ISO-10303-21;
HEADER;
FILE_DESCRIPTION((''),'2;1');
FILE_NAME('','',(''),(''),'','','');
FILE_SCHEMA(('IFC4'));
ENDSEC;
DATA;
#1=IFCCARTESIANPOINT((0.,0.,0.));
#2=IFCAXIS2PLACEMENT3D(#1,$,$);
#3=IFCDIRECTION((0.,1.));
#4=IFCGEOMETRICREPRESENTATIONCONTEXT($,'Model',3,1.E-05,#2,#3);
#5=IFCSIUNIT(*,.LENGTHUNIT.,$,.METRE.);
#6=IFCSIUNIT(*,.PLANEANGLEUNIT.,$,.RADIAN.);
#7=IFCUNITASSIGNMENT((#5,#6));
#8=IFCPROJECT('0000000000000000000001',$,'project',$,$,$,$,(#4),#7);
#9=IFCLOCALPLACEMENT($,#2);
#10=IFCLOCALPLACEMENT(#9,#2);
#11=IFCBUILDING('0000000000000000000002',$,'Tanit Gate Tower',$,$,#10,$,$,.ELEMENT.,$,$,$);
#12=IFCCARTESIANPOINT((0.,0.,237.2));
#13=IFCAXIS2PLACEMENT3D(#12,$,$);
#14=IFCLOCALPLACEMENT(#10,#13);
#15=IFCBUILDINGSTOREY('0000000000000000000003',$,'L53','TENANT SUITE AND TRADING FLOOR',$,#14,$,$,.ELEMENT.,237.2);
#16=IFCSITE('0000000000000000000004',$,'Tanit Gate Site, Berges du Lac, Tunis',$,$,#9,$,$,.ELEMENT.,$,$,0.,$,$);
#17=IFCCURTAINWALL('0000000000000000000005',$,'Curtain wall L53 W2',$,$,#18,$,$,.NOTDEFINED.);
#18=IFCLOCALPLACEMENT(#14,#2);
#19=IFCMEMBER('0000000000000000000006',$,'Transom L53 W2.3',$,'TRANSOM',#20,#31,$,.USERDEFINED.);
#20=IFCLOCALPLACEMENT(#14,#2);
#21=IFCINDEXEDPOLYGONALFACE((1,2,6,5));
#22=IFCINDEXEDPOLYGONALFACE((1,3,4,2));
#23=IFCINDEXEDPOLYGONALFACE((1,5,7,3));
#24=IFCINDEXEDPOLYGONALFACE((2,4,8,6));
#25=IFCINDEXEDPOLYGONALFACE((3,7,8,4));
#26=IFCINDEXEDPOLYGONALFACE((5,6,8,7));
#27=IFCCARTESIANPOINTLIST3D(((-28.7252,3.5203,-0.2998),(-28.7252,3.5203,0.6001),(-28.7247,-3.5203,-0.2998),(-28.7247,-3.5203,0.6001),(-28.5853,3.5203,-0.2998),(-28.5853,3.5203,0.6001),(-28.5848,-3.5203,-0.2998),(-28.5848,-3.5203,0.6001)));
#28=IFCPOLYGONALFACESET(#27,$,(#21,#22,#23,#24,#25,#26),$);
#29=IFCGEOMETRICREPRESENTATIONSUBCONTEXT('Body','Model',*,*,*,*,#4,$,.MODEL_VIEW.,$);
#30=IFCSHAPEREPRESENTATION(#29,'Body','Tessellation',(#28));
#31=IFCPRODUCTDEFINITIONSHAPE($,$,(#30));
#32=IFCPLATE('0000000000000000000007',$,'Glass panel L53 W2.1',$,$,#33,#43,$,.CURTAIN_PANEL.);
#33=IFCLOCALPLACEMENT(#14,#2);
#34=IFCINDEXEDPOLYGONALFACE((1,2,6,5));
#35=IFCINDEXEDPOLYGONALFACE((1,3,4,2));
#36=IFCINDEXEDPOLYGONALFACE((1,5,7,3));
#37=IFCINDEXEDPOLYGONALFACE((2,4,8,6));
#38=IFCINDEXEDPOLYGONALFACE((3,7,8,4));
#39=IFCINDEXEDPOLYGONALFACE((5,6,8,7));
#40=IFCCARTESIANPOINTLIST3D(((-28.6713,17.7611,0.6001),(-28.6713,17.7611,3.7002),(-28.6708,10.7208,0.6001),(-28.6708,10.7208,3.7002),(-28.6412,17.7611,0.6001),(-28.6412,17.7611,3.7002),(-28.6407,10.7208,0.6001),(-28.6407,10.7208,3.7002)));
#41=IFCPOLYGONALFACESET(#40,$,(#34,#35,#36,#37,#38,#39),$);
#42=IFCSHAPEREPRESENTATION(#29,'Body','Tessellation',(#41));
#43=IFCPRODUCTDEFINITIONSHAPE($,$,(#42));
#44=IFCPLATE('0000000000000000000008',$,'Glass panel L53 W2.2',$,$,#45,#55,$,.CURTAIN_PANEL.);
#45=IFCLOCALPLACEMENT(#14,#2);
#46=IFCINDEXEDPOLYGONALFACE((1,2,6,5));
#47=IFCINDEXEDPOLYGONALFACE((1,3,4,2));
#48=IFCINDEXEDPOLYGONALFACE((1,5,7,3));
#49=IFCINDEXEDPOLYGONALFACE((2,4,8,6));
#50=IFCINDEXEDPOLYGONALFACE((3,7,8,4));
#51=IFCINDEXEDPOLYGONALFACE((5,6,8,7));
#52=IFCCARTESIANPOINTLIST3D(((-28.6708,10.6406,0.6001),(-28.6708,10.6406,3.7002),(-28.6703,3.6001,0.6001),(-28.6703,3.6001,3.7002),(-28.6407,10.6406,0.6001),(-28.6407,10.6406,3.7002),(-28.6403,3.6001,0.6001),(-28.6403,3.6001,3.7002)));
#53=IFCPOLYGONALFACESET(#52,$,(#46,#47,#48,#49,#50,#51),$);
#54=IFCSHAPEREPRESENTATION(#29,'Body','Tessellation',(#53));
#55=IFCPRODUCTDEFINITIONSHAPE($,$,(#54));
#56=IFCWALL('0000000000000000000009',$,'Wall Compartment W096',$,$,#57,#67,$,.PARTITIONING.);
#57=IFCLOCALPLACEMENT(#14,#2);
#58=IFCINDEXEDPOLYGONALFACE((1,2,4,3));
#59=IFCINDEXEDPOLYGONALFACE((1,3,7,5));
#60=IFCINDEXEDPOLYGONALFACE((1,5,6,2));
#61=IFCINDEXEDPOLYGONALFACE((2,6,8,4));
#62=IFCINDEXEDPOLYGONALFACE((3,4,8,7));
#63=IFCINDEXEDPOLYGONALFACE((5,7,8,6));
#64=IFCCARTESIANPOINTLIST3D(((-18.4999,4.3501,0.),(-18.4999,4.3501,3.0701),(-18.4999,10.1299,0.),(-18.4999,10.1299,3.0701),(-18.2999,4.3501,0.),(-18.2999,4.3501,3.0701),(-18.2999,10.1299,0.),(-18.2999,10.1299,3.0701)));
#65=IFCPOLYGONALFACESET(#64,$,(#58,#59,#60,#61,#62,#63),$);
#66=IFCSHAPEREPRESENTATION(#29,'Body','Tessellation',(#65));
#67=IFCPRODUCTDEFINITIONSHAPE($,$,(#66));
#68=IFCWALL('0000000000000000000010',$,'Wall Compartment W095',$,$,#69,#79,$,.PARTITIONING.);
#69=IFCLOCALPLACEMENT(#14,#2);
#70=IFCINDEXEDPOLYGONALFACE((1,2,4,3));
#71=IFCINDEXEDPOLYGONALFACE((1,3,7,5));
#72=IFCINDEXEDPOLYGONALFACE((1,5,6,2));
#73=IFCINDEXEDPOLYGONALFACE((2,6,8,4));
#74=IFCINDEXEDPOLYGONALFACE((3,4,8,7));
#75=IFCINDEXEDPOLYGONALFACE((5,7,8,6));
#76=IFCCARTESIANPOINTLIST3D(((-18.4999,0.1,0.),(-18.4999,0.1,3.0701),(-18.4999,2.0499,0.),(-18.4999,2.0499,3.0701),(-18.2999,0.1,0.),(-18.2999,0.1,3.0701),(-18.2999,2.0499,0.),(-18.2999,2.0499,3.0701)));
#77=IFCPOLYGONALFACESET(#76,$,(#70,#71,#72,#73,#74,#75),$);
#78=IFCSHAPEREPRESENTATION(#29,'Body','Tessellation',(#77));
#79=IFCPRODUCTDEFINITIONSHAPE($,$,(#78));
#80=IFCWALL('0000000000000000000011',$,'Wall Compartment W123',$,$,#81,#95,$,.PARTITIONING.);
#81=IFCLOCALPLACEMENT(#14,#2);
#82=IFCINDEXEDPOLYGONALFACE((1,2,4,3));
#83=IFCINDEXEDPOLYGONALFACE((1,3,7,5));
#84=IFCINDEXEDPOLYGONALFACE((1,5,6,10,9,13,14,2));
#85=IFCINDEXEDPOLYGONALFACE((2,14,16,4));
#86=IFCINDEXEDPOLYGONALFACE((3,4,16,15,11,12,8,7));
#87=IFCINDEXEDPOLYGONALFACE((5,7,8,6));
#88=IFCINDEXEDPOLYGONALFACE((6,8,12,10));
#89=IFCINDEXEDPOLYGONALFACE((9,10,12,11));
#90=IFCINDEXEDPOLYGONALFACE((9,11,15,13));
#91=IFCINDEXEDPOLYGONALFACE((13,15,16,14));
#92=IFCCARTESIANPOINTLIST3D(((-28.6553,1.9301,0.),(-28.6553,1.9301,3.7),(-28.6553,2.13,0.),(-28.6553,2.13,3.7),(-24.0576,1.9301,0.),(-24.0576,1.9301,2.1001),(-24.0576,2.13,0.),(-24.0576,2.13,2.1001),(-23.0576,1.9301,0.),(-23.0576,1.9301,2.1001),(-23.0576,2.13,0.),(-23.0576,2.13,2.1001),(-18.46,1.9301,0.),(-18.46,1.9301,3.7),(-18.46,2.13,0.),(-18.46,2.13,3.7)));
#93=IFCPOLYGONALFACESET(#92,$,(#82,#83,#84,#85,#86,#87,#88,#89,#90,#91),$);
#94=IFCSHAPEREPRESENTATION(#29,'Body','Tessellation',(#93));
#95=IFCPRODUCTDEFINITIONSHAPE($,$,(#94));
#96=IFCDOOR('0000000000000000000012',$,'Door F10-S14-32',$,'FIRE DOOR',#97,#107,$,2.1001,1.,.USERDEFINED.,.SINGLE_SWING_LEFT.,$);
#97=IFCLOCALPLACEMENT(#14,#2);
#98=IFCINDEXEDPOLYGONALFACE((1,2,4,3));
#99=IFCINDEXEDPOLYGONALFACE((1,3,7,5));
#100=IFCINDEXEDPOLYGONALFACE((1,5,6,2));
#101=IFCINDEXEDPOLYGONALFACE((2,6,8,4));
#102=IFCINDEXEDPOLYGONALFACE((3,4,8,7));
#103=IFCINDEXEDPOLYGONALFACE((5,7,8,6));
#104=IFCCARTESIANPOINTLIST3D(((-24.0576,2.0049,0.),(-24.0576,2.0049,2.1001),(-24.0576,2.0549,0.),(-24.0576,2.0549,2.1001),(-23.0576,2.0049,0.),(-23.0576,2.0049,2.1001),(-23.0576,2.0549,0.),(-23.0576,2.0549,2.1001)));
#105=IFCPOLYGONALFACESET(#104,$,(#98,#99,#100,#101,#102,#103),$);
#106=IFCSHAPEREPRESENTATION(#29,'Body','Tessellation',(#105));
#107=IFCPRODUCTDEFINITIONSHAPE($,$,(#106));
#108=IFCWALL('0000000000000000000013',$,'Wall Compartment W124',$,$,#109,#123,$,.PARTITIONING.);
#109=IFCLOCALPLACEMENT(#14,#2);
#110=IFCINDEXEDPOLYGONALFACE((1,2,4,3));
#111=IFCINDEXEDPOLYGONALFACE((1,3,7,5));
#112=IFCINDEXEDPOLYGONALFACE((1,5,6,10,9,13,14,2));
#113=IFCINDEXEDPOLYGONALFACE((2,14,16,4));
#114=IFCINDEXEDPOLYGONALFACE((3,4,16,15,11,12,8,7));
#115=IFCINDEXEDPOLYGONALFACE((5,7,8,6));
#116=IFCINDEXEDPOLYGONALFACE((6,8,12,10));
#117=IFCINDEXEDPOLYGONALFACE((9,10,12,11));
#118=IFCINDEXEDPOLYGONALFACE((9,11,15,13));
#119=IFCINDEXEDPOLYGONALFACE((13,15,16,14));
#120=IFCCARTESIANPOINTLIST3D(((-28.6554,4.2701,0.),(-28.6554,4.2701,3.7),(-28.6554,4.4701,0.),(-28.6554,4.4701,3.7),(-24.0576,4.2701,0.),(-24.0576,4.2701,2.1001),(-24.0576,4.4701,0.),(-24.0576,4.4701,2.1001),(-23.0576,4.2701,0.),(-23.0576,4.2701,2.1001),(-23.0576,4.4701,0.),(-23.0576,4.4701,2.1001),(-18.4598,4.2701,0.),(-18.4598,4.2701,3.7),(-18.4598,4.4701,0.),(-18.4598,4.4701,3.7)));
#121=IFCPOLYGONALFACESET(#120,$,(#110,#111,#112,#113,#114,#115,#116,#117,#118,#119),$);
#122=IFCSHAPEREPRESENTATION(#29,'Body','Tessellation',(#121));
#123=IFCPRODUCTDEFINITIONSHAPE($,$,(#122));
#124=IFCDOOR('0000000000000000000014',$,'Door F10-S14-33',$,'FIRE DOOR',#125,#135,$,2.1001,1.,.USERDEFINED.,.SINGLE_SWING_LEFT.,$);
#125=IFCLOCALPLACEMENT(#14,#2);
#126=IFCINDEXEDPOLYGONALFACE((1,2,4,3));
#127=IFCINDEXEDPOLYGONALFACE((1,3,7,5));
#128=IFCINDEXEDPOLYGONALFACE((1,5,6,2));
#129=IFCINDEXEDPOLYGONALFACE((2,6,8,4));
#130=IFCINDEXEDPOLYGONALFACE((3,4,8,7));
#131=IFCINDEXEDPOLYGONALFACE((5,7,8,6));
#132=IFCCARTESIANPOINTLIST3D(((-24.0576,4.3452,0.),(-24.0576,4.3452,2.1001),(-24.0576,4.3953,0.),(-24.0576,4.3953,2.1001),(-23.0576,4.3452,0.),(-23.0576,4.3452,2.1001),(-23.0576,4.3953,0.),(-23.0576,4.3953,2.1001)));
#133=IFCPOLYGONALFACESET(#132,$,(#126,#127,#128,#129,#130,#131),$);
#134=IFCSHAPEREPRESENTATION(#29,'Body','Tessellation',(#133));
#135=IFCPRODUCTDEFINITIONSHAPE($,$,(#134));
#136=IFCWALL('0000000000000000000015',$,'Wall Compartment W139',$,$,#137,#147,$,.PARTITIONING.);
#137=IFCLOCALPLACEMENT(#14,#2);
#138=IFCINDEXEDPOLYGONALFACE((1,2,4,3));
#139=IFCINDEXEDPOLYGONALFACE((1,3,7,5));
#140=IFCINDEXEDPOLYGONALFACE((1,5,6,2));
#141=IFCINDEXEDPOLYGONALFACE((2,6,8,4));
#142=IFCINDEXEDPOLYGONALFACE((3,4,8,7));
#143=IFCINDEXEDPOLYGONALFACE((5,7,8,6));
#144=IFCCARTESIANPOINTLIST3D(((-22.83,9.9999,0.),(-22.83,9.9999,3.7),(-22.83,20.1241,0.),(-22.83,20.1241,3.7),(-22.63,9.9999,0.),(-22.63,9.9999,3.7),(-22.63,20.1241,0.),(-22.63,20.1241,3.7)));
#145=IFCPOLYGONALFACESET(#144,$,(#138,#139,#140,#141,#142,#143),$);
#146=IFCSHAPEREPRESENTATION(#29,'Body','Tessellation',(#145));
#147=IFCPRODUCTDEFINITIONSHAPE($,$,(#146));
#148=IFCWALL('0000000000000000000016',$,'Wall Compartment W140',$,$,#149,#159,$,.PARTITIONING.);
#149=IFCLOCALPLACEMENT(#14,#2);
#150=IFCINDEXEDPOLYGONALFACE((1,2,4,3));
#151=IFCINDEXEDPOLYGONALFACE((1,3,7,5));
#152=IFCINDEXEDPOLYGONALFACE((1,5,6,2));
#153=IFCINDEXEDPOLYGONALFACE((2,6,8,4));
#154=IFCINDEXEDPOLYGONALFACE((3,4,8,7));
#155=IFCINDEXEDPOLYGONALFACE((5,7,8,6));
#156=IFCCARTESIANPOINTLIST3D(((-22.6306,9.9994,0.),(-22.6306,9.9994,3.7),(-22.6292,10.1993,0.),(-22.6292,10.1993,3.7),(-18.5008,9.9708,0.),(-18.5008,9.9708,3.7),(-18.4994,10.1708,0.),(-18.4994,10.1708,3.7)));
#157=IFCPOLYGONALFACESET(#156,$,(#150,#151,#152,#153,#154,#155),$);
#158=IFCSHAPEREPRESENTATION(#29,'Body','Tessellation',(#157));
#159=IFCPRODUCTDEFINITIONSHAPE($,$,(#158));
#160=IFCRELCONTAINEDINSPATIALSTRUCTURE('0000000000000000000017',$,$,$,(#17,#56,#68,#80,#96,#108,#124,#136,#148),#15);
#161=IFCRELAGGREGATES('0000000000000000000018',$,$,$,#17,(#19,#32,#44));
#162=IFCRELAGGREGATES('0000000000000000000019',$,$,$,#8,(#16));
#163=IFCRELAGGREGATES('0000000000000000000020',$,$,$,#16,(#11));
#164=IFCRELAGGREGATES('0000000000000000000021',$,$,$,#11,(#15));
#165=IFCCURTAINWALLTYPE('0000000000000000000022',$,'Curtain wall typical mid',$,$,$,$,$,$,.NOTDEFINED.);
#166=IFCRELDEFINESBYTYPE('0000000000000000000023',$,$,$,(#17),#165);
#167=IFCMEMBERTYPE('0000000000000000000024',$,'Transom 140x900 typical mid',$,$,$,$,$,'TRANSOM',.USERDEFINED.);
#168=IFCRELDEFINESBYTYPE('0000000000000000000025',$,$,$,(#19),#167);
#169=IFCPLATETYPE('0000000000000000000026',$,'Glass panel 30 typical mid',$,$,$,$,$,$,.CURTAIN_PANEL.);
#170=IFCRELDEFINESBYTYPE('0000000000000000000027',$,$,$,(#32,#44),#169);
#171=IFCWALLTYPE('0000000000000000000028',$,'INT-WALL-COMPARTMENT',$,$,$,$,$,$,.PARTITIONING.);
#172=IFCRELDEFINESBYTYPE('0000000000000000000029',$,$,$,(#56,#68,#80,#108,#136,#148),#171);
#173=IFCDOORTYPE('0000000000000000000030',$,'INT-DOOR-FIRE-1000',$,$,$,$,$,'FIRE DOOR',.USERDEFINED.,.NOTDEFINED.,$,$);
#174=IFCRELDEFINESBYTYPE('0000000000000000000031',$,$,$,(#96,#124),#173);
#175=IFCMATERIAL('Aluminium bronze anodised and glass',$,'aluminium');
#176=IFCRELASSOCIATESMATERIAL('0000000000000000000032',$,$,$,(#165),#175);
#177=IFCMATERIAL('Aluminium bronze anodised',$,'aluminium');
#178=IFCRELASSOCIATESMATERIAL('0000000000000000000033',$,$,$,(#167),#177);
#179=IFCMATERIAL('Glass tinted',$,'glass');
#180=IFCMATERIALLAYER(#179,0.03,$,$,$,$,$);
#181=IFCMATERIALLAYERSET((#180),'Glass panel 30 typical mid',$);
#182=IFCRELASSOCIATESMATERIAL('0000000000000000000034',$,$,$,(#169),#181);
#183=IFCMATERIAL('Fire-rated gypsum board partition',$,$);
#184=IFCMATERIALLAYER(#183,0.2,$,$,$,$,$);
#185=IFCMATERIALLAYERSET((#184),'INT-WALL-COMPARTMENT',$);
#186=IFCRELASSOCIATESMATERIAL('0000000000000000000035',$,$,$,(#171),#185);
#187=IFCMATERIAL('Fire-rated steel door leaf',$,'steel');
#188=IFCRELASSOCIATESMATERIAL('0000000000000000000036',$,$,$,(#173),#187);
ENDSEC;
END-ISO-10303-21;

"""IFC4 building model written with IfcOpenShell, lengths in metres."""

from ifc_helpers import new_model, si_unit, direction, frame, frame_2d, origin, origin_2d, place, context, subcontext, project, spatial, rectangle, extrude, material, layer, layer_set, material_profile, profile_set, type_object, element, fill, aggregate, save


model = new_model("IFC4")

# Units and contexts
model_context = context("Model", 3, precision=1e-05, world=origin(), true_north=direction((0.0, 1.0)))
body_context = subcontext(model_context, "Body", "Model", "MODEL_VIEW")
ifc_project = project(units=[si_unit("LENGTHUNIT", "METRE"), si_unit("PLANEANGLEUNIT", "RADIAN")], contexts=[model_context])

# Site, building, storey
site_placement = place(None, origin())
site = spatial("IfcSite", under=ifc_project, at=site_placement, Name="Tanit Gate Site, Berges du Lac, Tunis", CompositionType="ELEMENT", RefElevation=0.0)
building_placement = place(site_placement, origin())
building = spatial("IfcBuilding", under=site, at=building_placement, Name="Tanit Gate Tower", CompositionType="ELEMENT")
storey_placement = place(building_placement, frame((0.0, 0.0, 237.2)))
storey = spatial("IfcBuildingStorey", under=building, at=storey_placement, Name="L53", Description="TENANT SUITE AND TRADING FLOOR", CompositionType="ELEMENT", Elevation=237.2)

# Curtain wall
ifc_material_1 = material(Name="Aluminium bronze anodised and glass", Category="aluminium")
curtain_wall_type = type_object("IfcCurtainWallType", Name="Curtain wall typical mid", PredefinedType="NOTDEFINED", material=ifc_material_1)
curtain_wall_placement = place(storey_placement, origin())
curtain_wall = element("IfcCurtainWall", 1, at=curtain_wall_placement, inside=storey, type_object=curtain_wall_type, Name="Curtain wall L53 W2", PredefinedType="NOTDEFINED")

# Member
ifc_material_2 = material(Name="Aluminium bronze anodised", Category="aluminium")
ifc_material_profile_1 = material_profile(ifc_material_2, rectangle(XDim=0.1399, YDim=0.8999, at=origin_2d()), Name="140x900 bronze transom")
ifc_profile_set_1 = profile_set([ifc_material_profile_1], Name="Aluminium bronze anodised")
member_type_1 = type_object("IfcMemberType", Name="Transom 140x900 typical mid", ElementType="TRANSOM", PredefinedType="USERDEFINED", material=ifc_profile_set_1)
member_1_placement = place(storey_placement, frame((-28.6553, 3.5203, 0.1501), z_axis=(0.000069, -1.0, 0.0), x_axis=(1.0, 0.000069, 0.0)))
member_1 = element("IfcMember", 2, at=member_1_placement, type_object=member_type_1, Name="Transom L53 W2.3", ObjectType="TRANSOM", PredefinedType="USERDEFINED", context=body_context, shape_type="SweptSolid", body=[
    extrude(rectangle(XDim=0.1399, YDim=0.8999, at=origin_2d()), origin(), (0.0, 0.0, 1.0), 7.0405),
])

# Plates
ifc_material_3 = material(Name="Glass tinted", Category="glass")
ifc_layer_1 = layer(ifc_material_3, 0.03)
ifc_layer_set_1 = layer_set([ifc_layer_1], Name="Glass panel 30 typical mid")
plate_type = type_object("IfcPlateType", Name="Glass panel 30 typical mid", PredefinedType="CURTAIN_PANEL", material=ifc_layer_set_1)
plate_1_placement = place(storey_placement, frame((-28.656, 14.241, 0.6001), z_axis=(0.0, 0.0, 1.0), x_axis=(0.000069, -1.0, 0.0)))
plate_1 = element("IfcPlate", 3, at=plate_1_placement, type_object=plate_type, Name="Glass panel L53 W2.1", PredefinedType="CURTAIN_PANEL", context=body_context, shape_type="SweptSolid", body=[
    extrude(rectangle(XDim=7.0403, YDim=0.03, at=origin_2d()), origin(), (0.0, 0.0, 1.0), 3.1001),
])
plate_2_placement = place(storey_placement, frame((-28.6555, 7.1204, 0.6001), z_axis=(0.0, 0.0, 1.0), x_axis=(0.000069, -1.0, 0.0)))
plate_2 = element("IfcPlate", 4, at=plate_2_placement, type_object=plate_type, Name="Glass panel L53 W2.2", PredefinedType="CURTAIN_PANEL", context=body_context, shape_type="SweptSolid", body=[
    extrude(rectangle(XDim=7.0405, YDim=0.03, at=origin_2d()), origin(), (0.0, 0.0, 1.0), 3.1001),
])
aggregate(curtain_wall, [member_1, plate_1, plate_2])

# Walls
ifc_material_4 = material(Name="Fire-rated gypsum board partition")
ifc_layer_2 = layer(ifc_material_4, 0.2)
ifc_layer_set_2 = layer_set([ifc_layer_2], Name="INT-WALL-COMPARTMENT")
wall_type_1 = type_object("IfcWallType", Name="INT-WALL-COMPARTMENT", PredefinedType="PARTITIONING", material=ifc_layer_set_2)
wall_1_placement = place(storey_placement, frame((-18.3999, 10.1299, 0.0), z_axis=(0.0, 0.0, 1.0), x_axis=(0.0, -1.0, 0.0)))
element("IfcWall", 5, at=wall_1_placement, inside=storey, type_object=wall_type_1, Name="Wall Compartment W096", PredefinedType="PARTITIONING", context=body_context, shape_type="SweptSolid", body=[
    extrude(rectangle(XDim=5.7798, YDim=0.2, at=frame_2d((2.8899, 0.0))), origin(), (0.0, 0.0, 1.0), 3.0701),
])
wall_2_placement = place(storey_placement, frame((-18.3999, 2.05, 0.0), z_axis=(0.0, 0.0, 1.0), x_axis=(0.0, -1.0, 0.0)))
element("IfcWall", 6, at=wall_2_placement, inside=storey, type_object=wall_type_1, Name="Wall Compartment W095", PredefinedType="PARTITIONING", context=body_context, shape_type="SweptSolid", body=[
    extrude(rectangle(XDim=1.95, YDim=0.2, at=frame_2d((0.9751, 0.0))), origin(), (0.0, 0.0, 1.0), 3.0701),
])

# Walls, openings, doors
wall_3_placement = place(storey_placement, frame((-28.6553, 2.03, 0.0), z_axis=(0.0, 0.0, 1.0), x_axis=(1.0, 0.0, 0.0)))
wall_3 = element("IfcWall", 7, at=wall_3_placement, inside=storey, type_object=wall_type_1, Name="Wall Compartment W123", PredefinedType="PARTITIONING", context=body_context, shape_type="SweptSolid", body=[
    extrude(rectangle(XDim=10.1953, YDim=0.2, at=frame_2d((5.0977, 0.0))), origin(), (0.0, 0.0, 1.0), 3.7),
])
opening_1_placement = place(wall_3_placement, frame((4.5977, 0.0, 0.0)))
opening_1 = element("IfcOpeningElement", 8, at=opening_1_placement, cuts=wall_3, PredefinedType="OPENING", context=body_context, shape_type="SweptSolid", body=[
    extrude(rectangle(XDim=1.0, YDim=2.1001, at=frame_2d((0.5, 1.05))), frame((0.0, 0.1099, 0.0), z_axis=(0.0, -1.0, 0.0), x_axis=(1.0, 0.0, 0.0)), (0.0, 0.0, 1.0), 0.22),
])
ifc_material_5 = material(Name="Fire-rated steel door leaf", Category="steel")
door_type_1 = type_object("IfcDoorType", Name="INT-DOOR-FIRE-1000", ElementType="FIRE DOOR", OperationType="NOTDEFINED", PredefinedType="USERDEFINED", material=ifc_material_5)
door_1_placement = place(opening_1_placement, origin())
door_1 = element("IfcDoor", 9, at=door_1_placement, inside=storey, type_object=door_type_1, Name="Door F10-S14-32", ObjectType="FIRE DOOR", OperationType="SINGLE_SWING_LEFT", OverallHeight=2.1001, OverallWidth=1.0, PredefinedType="USERDEFINED", context=body_context, shape_type="SweptSolid", body=[
    extrude(rectangle(XDim=1.0, YDim=2.1001, at=frame_2d((0.5, 1.05))), frame((0.0, 0.0249, 0.0), z_axis=(0.0, -1.0, 0.0), x_axis=(1.0, 0.0, 0.0)), (0.0, 0.0, 1.0), 0.05),
])
fill(opening_1, door_1)
wall_4_placement = place(storey_placement, frame((-18.46, 4.3701, 0.0), z_axis=(0.0, 0.0, 1.0), x_axis=(-1.0, 0.0, 0.0)))
wall_4 = element("IfcWall", 10, at=wall_4_placement, inside=storey, type_object=wall_type_1, Name="Wall Compartment W124", PredefinedType="PARTITIONING", context=body_context, shape_type="SweptSolid", body=[
    extrude(rectangle(XDim=10.1956, YDim=0.2, at=frame_2d((5.0977, 0.0))), origin(), (0.0, 0.0, 1.0), 3.7),
])
opening_2_placement = place(wall_4_placement, frame((4.5977, 0.0, 0.0)))
opening_2 = element("IfcOpeningElement", 11, at=opening_2_placement, cuts=wall_4, PredefinedType="OPENING", context=body_context, shape_type="SweptSolid", body=[
    extrude(rectangle(XDim=1.0, YDim=2.1001, at=frame_2d((0.5, 1.05))), frame((0.0, 0.1099, 0.0), z_axis=(0.0, -1.0, 0.0), x_axis=(1.0, 0.0, 0.0)), (0.0, 0.0, 1.0), 0.22),
])
door_2_placement = place(opening_2_placement, origin())
door_2 = element("IfcDoor", 12, at=door_2_placement, inside=storey, type_object=door_type_1, Name="Door F10-S14-33", ObjectType="FIRE DOOR", OperationType="SINGLE_SWING_LEFT", OverallHeight=2.1001, OverallWidth=1.0, PredefinedType="USERDEFINED", context=body_context, shape_type="SweptSolid", body=[
    extrude(rectangle(XDim=1.0, YDim=2.1001, at=frame_2d((0.5, 1.05))), frame((0.0, 0.0249, 0.0), z_axis=(0.0, -1.0, 0.0), x_axis=(1.0, 0.0, 0.0)), (0.0, 0.0, 1.0), 0.05),
])
fill(opening_2, door_2)

# Walls
wall_5_placement = place(storey_placement, frame((-22.73, 10.0, 0.0), z_axis=(0.0, 0.0, 1.0), x_axis=(0.0, 1.0, 0.0)))
element("IfcWall", 13, at=wall_5_placement, inside=storey, type_object=wall_type_1, Name="Wall Compartment W139", PredefinedType="PARTITIONING", context=body_context, shape_type="SweptSolid", body=[
    extrude(rectangle(XDim=10.1243, YDim=0.2, at=frame_2d((5.062, 0.0))), origin(), (0.0, 0.0, 1.0), 3.7),
])
wall_6_placement = place(storey_placement, frame((-22.6299, 10.0994, 0.0), z_axis=(0.0, 0.0, 1.0), x_axis=(0.999976, -0.006916, 0.0)))
element("IfcWall", 14, at=wall_6_placement, inside=storey, type_object=wall_type_1, Name="Wall Compartment W140", PredefinedType="PARTITIONING", context=body_context, shape_type="SweptSolid", body=[
    extrude(rectangle(XDim=4.1299, YDim=0.2, at=frame_2d((2.0649, 0.0))), origin(), (0.0, 0.0, 1.0), 3.7),
])

save(model, "model.ifc")
